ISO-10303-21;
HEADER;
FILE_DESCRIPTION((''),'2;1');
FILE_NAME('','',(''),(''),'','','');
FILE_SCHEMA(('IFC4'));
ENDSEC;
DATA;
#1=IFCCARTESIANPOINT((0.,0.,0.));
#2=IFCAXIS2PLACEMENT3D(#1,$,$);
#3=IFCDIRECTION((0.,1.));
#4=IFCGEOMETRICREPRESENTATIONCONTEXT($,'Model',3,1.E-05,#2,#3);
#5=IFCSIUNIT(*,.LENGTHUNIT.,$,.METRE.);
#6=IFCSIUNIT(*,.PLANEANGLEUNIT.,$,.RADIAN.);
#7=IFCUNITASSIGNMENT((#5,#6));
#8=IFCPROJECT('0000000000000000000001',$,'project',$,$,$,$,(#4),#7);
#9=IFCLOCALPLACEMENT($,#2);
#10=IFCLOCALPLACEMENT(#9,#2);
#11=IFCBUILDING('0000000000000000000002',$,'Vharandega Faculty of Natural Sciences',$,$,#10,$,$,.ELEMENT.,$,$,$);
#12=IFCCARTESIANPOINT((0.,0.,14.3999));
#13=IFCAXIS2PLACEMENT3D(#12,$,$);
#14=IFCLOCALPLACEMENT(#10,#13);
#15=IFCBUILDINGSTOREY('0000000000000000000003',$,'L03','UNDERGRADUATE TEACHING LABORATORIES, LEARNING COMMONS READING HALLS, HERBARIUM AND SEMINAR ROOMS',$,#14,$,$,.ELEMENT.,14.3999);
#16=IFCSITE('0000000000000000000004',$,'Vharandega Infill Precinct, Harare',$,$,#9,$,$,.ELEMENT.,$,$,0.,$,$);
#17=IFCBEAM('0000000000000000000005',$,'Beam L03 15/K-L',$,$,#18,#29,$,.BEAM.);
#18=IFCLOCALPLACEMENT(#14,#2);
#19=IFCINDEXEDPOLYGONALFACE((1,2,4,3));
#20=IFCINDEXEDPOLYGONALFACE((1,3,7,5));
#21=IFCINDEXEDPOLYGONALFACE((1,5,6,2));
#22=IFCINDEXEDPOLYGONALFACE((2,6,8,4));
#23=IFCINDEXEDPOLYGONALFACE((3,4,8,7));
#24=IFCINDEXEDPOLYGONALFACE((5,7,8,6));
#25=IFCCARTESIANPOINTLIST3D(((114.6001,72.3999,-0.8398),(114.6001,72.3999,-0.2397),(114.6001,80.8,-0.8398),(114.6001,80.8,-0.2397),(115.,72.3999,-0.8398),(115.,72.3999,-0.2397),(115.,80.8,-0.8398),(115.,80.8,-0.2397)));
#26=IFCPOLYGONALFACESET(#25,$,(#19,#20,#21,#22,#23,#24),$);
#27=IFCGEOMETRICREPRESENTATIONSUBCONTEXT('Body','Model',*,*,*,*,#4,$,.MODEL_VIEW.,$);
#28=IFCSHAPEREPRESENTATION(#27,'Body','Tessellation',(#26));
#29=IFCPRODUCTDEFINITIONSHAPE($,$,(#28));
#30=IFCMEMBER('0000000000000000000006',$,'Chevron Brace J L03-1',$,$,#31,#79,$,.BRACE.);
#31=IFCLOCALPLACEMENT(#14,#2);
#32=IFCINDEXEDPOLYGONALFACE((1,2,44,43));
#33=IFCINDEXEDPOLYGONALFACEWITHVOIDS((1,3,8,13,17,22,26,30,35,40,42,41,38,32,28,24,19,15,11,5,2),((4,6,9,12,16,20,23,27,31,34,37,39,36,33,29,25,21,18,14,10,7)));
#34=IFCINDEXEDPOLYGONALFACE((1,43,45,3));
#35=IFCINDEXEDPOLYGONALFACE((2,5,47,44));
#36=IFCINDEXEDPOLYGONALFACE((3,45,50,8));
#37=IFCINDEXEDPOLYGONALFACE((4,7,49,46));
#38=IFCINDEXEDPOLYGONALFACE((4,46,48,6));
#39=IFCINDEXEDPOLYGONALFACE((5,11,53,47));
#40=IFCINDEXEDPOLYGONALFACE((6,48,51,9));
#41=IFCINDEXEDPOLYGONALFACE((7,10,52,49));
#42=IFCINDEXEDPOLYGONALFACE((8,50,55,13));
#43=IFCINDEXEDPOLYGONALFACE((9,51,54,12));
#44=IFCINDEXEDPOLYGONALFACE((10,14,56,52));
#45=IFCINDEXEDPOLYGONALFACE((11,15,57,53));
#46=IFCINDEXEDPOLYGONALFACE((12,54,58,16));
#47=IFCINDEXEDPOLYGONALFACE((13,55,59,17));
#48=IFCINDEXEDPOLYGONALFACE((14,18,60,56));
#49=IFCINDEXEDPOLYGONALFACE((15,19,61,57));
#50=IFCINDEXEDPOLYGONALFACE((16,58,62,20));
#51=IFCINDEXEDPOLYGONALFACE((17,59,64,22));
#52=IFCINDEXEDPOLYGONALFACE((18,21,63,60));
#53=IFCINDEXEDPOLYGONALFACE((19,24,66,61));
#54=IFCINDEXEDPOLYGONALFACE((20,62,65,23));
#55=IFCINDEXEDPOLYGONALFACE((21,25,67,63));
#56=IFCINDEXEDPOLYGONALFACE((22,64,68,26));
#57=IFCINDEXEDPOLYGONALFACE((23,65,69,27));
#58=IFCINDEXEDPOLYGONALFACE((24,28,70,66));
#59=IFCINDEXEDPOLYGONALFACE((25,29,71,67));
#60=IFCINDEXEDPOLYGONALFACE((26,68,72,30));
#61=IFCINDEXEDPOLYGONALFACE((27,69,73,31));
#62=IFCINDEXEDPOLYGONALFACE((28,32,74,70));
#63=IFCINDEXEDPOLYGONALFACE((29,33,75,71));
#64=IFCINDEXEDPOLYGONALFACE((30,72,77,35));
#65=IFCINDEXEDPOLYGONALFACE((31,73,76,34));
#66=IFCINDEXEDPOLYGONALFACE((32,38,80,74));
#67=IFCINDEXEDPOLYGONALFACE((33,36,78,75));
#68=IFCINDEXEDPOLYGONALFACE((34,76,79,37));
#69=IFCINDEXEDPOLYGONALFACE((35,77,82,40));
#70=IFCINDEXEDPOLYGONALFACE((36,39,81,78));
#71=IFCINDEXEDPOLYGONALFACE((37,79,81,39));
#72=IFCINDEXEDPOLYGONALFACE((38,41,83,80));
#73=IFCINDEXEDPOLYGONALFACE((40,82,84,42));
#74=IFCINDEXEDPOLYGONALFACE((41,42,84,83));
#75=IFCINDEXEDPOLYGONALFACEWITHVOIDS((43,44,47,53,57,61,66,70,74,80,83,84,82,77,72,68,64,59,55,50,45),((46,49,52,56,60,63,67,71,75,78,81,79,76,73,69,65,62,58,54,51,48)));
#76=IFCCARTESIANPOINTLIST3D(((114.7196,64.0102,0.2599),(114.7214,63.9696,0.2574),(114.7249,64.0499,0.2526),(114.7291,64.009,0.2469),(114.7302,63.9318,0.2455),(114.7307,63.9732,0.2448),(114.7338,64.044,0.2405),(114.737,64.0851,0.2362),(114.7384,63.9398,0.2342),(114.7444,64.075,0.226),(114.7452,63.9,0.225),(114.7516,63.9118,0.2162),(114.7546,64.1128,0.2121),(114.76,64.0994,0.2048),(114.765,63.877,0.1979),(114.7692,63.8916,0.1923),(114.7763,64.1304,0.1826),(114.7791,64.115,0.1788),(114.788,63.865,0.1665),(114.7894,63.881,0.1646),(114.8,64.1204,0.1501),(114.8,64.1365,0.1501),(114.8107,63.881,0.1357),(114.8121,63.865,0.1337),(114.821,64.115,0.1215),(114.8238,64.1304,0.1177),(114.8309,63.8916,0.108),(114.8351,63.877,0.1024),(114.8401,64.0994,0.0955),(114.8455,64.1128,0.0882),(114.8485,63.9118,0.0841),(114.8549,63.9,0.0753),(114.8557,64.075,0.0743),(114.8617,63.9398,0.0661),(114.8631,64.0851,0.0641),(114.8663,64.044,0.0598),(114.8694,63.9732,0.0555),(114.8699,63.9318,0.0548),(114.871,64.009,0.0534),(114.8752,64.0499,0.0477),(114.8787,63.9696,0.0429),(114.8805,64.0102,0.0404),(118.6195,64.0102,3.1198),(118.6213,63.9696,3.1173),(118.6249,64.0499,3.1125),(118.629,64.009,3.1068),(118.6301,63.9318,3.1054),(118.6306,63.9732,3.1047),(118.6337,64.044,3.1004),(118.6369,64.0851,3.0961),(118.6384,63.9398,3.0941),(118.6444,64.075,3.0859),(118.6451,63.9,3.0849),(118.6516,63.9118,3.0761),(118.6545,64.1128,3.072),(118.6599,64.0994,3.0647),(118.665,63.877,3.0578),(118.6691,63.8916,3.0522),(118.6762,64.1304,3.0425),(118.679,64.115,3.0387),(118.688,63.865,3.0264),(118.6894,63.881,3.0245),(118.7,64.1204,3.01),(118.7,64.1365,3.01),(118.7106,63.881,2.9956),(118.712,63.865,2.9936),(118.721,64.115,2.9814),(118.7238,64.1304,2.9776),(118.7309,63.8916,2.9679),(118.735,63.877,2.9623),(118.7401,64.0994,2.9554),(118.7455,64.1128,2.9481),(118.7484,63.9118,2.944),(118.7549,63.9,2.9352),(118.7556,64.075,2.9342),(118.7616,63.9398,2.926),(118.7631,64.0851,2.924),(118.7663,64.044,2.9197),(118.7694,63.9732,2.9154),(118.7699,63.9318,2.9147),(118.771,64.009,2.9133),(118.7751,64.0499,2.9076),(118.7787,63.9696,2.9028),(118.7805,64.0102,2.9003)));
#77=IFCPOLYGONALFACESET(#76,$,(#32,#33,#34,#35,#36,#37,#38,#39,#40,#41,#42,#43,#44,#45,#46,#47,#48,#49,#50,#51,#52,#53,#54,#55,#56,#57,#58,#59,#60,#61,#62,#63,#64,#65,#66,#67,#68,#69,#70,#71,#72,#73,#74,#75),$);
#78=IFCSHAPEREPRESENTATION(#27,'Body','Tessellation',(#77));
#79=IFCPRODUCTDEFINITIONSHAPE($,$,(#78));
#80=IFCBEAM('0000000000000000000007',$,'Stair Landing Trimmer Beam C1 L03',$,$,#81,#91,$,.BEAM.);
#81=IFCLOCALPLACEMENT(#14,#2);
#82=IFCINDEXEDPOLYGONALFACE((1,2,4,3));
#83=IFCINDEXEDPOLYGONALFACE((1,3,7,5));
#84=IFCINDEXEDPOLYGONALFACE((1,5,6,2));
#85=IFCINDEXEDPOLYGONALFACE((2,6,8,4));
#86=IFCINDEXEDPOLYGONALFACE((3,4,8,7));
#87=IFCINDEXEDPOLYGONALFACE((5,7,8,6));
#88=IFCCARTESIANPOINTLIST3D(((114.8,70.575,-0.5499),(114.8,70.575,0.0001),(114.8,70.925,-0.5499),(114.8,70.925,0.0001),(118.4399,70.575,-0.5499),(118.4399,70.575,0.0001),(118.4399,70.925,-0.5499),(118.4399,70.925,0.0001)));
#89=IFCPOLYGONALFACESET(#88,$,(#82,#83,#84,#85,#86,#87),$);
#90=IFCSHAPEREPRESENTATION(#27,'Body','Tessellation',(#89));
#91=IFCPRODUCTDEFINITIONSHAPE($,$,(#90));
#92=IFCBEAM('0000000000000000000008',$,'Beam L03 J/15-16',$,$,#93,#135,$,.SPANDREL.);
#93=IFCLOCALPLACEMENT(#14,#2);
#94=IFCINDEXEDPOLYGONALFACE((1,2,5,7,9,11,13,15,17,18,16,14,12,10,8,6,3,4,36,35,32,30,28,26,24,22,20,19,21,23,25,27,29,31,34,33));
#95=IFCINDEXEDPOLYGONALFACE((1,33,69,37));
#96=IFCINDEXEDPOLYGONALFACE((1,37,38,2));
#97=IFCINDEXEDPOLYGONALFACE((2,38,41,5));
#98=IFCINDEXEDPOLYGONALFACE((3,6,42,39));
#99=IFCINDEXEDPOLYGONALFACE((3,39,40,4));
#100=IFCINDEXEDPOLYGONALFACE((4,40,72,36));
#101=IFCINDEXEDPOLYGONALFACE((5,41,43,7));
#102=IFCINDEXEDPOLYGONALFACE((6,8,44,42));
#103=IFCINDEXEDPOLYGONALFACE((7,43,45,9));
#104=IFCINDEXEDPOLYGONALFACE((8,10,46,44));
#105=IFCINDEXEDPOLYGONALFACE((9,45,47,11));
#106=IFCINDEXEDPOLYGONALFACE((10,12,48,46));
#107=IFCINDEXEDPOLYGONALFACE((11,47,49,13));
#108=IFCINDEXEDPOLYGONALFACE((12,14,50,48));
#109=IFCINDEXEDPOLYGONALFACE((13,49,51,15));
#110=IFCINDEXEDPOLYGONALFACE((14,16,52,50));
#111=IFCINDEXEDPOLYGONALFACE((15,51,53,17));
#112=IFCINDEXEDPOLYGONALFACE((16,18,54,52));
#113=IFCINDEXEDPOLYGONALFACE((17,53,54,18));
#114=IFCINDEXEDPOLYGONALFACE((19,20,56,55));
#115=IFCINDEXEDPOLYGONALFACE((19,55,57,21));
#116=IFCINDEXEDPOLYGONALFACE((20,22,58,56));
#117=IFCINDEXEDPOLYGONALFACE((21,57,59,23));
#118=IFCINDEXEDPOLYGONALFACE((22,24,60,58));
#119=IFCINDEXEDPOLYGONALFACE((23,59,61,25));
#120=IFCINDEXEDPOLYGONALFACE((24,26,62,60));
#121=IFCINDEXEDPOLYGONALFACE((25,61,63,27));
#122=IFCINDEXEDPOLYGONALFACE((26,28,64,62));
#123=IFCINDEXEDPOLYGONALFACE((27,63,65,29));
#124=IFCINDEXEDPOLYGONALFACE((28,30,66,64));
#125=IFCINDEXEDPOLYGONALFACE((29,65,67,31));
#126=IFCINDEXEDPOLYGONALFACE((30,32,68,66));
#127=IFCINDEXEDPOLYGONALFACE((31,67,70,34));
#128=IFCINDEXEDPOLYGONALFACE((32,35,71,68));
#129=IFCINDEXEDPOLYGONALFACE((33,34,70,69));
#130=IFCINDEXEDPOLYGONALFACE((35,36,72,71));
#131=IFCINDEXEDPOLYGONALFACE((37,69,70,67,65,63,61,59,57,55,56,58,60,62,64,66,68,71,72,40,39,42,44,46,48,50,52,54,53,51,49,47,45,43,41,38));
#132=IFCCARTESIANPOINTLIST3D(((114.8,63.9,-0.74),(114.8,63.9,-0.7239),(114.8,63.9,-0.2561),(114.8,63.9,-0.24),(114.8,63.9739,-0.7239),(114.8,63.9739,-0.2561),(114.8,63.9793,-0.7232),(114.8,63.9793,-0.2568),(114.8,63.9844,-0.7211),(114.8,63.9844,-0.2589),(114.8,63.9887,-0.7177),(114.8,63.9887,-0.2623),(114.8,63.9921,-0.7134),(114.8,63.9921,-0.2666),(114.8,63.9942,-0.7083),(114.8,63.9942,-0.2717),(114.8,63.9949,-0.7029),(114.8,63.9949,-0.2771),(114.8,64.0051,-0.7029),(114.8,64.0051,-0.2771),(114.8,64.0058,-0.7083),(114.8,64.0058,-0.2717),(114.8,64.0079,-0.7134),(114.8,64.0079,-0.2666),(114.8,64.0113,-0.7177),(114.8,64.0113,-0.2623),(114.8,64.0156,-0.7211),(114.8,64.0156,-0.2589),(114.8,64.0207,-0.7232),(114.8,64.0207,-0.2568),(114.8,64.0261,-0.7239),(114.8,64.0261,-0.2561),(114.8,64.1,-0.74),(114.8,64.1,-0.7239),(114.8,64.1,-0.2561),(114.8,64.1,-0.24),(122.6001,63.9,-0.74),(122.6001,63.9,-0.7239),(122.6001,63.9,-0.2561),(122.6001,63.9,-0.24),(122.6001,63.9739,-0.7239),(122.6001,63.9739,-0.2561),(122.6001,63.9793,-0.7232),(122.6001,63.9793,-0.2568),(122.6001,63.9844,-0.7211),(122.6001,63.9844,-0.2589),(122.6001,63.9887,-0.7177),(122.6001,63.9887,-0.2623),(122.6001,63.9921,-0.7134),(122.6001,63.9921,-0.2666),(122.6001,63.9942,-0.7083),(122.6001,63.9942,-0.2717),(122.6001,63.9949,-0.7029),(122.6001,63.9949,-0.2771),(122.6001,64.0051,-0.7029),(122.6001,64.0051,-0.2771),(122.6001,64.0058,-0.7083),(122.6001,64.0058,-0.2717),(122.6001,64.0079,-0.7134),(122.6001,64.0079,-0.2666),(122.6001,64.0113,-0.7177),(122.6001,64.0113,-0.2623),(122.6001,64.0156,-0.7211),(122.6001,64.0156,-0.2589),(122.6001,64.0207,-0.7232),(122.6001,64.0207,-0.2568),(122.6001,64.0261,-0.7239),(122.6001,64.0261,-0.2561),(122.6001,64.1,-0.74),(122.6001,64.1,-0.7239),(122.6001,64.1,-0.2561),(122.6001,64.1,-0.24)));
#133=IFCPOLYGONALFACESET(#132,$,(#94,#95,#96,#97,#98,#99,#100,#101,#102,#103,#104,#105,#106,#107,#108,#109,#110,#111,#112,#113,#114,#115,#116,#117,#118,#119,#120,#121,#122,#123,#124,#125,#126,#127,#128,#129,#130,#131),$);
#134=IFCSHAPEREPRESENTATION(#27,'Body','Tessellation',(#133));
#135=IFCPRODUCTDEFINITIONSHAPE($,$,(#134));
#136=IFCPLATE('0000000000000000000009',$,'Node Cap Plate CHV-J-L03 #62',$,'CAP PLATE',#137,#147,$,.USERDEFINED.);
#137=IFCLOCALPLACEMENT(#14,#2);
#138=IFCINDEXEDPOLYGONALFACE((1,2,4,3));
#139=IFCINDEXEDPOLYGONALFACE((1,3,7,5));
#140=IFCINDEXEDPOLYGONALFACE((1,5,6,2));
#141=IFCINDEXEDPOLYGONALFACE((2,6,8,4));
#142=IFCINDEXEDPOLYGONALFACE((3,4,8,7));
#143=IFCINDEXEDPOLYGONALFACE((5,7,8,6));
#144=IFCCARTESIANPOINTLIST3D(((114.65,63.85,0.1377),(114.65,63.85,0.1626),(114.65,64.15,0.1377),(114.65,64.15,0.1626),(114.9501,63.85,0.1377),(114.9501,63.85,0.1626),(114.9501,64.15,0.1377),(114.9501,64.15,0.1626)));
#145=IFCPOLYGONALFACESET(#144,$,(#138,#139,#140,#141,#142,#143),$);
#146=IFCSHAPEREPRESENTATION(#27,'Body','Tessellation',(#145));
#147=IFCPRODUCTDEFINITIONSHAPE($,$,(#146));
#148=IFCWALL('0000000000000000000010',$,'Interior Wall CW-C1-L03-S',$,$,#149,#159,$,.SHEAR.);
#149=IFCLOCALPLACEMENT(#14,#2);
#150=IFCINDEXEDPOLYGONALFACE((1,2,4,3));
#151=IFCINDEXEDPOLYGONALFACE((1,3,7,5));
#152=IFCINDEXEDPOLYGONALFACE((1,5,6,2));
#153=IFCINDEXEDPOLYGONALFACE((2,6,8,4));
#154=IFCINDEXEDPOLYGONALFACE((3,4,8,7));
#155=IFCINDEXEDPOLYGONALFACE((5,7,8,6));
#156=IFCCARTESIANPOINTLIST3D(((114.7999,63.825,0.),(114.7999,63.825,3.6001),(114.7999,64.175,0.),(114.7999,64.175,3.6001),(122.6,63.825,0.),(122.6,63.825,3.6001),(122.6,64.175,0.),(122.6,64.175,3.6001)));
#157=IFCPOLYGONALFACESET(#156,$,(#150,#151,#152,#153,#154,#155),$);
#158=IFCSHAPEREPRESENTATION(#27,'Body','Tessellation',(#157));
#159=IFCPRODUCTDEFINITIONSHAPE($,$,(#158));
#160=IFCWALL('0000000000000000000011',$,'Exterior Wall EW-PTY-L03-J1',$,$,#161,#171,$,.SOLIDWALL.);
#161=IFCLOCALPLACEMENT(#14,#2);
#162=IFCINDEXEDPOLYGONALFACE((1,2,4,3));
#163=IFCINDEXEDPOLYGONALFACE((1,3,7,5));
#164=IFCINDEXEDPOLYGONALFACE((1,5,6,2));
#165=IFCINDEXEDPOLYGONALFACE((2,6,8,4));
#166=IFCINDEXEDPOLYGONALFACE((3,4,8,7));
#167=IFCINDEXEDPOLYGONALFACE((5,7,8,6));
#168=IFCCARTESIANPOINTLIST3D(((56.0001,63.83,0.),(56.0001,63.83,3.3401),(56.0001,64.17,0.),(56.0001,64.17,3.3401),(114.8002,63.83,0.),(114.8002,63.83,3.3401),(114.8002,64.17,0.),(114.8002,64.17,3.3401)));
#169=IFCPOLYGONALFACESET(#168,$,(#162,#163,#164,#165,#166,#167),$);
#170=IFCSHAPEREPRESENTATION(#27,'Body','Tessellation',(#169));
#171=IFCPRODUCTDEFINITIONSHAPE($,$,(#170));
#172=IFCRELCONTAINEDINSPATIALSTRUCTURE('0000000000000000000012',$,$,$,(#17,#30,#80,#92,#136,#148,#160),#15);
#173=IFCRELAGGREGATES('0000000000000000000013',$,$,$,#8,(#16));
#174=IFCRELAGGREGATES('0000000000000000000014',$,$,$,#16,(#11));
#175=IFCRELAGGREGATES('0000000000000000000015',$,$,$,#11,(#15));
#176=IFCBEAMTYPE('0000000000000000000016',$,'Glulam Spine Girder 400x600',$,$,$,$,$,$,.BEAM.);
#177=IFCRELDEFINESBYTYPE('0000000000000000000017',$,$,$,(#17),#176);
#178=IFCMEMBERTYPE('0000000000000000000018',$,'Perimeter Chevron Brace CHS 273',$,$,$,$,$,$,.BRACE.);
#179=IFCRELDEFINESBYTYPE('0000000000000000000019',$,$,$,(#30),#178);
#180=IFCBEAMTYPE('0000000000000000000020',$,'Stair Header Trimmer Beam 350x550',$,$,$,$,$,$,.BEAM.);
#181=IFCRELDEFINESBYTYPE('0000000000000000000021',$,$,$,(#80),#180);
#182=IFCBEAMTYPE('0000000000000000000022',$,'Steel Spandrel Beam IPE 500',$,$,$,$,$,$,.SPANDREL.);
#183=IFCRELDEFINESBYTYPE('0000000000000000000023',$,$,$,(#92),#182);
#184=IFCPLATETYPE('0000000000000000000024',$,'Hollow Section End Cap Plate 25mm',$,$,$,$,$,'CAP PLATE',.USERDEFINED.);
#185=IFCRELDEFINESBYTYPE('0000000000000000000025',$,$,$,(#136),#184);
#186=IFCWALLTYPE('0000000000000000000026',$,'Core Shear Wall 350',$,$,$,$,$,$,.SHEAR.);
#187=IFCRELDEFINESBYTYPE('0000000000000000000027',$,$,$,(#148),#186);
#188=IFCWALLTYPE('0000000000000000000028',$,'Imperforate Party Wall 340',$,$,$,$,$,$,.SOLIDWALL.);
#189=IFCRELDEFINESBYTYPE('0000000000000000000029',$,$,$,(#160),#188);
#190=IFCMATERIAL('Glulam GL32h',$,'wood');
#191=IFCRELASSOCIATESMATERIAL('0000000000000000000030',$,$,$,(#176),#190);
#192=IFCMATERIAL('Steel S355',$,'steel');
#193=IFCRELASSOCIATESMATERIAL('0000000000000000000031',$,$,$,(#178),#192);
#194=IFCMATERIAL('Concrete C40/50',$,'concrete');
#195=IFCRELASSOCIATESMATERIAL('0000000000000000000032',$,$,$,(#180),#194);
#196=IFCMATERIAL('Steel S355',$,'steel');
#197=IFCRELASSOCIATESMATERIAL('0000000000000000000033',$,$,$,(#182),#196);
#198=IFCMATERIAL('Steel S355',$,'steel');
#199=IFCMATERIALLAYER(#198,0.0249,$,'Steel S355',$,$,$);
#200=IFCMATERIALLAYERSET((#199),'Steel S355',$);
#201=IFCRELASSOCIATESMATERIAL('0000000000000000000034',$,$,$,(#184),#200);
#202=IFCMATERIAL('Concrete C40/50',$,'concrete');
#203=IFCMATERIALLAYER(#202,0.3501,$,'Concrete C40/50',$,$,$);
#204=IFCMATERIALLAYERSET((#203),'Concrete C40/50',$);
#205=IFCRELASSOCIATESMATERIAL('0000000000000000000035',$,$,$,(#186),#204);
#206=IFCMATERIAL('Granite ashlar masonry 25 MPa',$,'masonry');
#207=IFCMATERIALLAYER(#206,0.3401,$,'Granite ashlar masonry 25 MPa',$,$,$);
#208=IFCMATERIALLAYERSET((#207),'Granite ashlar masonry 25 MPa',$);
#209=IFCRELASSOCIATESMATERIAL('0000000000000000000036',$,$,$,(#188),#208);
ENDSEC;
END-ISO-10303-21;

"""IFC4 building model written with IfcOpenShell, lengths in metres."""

from ifc_helpers import new_model, si_unit, direction, frame, frame_2d, origin, origin_2d, place, context, subcontext, project, spatial, rectangle, hollow_circle, i_section, extrude, material, layer, layer_set, material_profile, profile_set, type_object, element, save


model = new_model("IFC4")

# Units and contexts
model_context = context("Model", 3, precision=1e-05, world=origin(), true_north=direction((0.0, 1.0)))
body_context = subcontext(model_context, "Body", "Model", "MODEL_VIEW")
ifc_project = project(units=[si_unit("LENGTHUNIT", "METRE"), si_unit("PLANEANGLEUNIT", "RADIAN")], contexts=[model_context])

# Site, building, storey
site_placement = place(None, origin())
site = spatial("IfcSite", under=ifc_project, at=site_placement, Name="Vharandega Infill Precinct, Harare", CompositionType="ELEMENT", RefElevation=0.0)
building_placement = place(site_placement, origin())
building = spatial("IfcBuilding", under=site, at=building_placement, Name="Vharandega Faculty of Natural Sciences", CompositionType="ELEMENT")
storey_placement = place(building_placement, frame((0.0, 0.0, 14.3999)))
storey = spatial("IfcBuildingStorey", under=building, at=storey_placement, Name="L03", Description="UNDERGRADUATE TEACHING LABORATORIES, LEARNING COMMONS READING HALLS, HERBARIUM AND SEMINAR ROOMS", CompositionType="ELEMENT", Elevation=14.3999)

# Beam
ifc_material_1 = material(Name="Glulam GL32h", Category="wood")
ifc_material_profile_1 = material_profile(ifc_material_1, rectangle(XDim=0.3999, YDim=0.6001, at=origin_2d()), Name="GL32h 400x600")
ifc_profile_set_1 = profile_set([ifc_material_profile_1], Name="Glulam GL32h")
beam_type_1 = type_object("IfcBeamType", Name="Glulam Spine Girder 400x600", PredefinedType="BEAM", material=ifc_profile_set_1)
beam_1_placement = place(storey_placement, frame((114.8, 72.3999, -0.5398), z_axis=(0.0, 1.0, 0.0), x_axis=(-1.0, 0.0, 0.0)))
element("IfcBeam", 1, at=beam_1_placement, inside=storey, type_object=beam_type_1, Name="Beam L03 15/K-L", PredefinedType="BEAM", context=body_context, shape_type="SweptSolid", body=[
    extrude(rectangle(XDim=0.3999, YDim=0.6001, at=origin_2d()), origin(), (0.0, 0.0, 1.0), 8.4001),
])

# Member
ifc_material_2 = material(Name="Steel S355", Category="steel")
ifc_material_profile_2 = material_profile(ifc_material_2, hollow_circle(Radius=0.1365, WallThickness=0.0161, at=origin_2d()), Name="CHS 273x16")
ifc_profile_set_2 = profile_set([ifc_material_profile_2], Name="Steel S355")
member_type = type_object("IfcMemberType", Name="Perimeter Chevron Brace CHS 273", PredefinedType="BRACE", material=ifc_profile_set_2)
member_placement = place(storey_placement, frame((114.8, 64.0, 0.1501), z_axis=(0.806411, 0.0, 0.591355), x_axis=(0.0, 1.0, 0.0)))
element("IfcMember", 2, at=member_placement, inside=storey, type_object=member_type, Name="Chevron Brace J L03-1", PredefinedType="BRACE", context=body_context, shape_type="SweptSolid", body=[
    extrude(hollow_circle(Radius=0.1365, WallThickness=0.0161, at=origin_2d()), origin(), (0.0, 0.0, 1.0), 4.8362),
])

# Beams
ifc_material_3 = material(Name="Concrete C40/50", Category="concrete")
ifc_material_profile_3 = material_profile(ifc_material_3, rectangle(XDim=0.3501, YDim=0.55, at=origin_2d()), Name="RC 350x550")
ifc_profile_set_3 = profile_set([ifc_material_profile_3], Name="Concrete C40/50")
beam_type_2 = type_object("IfcBeamType", Name="Stair Header Trimmer Beam 350x550", PredefinedType="BEAM", material=ifc_profile_set_3)
beam_2_placement = place(storey_placement, frame((114.8, 70.75, -0.2749), z_axis=(1.0, 0.0, 0.0), x_axis=(0.0, 1.0, 0.0)))
element("IfcBeam", 3, at=beam_2_placement, inside=storey, type_object=beam_type_2, Name="Stair Landing Trimmer Beam C1 L03", PredefinedType="BEAM", context=body_context, shape_type="SweptSolid", body=[
    extrude(rectangle(XDim=0.3501, YDim=0.55, at=origin_2d()), origin(), (0.0, 0.0, 1.0), 3.6399),
])
ifc_material_4 = material(Name="Steel S355", Category="steel")
ifc_material_profile_4 = material_profile(ifc_material_4, i_section(OverallWidth=0.2, OverallDepth=0.5, WebThickness=0.0103, FlangeThickness=0.0161, FilletRadius=0.021, at=origin_2d()), Name="IPE 500")
ifc_profile_set_4 = profile_set([ifc_material_profile_4], Name="Steel S355")
beam_type_3 = type_object("IfcBeamType", Name="Steel Spandrel Beam IPE 500", PredefinedType="SPANDREL", material=ifc_profile_set_4)
beam_3_placement = place(storey_placement, frame((114.8, 64.0, -0.49), z_axis=(1.0, 0.0, 0.0), x_axis=(0.0, 1.0, 0.0)))
element("IfcBeam", 4, at=beam_3_placement, inside=storey, type_object=beam_type_3, Name="Beam L03 J/15-16", PredefinedType="SPANDREL", context=body_context, shape_type="SweptSolid", body=[
    extrude(i_section(OverallWidth=0.2, OverallDepth=0.5, WebThickness=0.0103, FlangeThickness=0.0161, FilletRadius=0.021, at=origin_2d()), origin(), (0.0, 0.0, 1.0), 7.8),
])

# Plate
ifc_material_5 = material(Name="Steel S355", Category="steel")
ifc_layer_1 = layer(ifc_material_5, 0.0249, Name="Steel S355")
ifc_layer_set_1 = layer_set([ifc_layer_1], Name="Steel S355")
plate_type = type_object("IfcPlateType", Name="Hollow Section End Cap Plate 25mm", ElementType="CAP PLATE", PredefinedType="USERDEFINED", material=ifc_layer_set_1)
plate_placement = place(storey_placement, frame((114.8, 64.0, 0.1377), z_axis=(0.0, 0.0, 1.0), x_axis=(1.0, 0.0, 0.0)))
element("IfcPlate", 5, at=plate_placement, inside=storey, type_object=plate_type, Name="Node Cap Plate CHV-J-L03 #62", ObjectType="CAP PLATE", PredefinedType="USERDEFINED", context=body_context, shape_type="SweptSolid", body=[
    extrude(rectangle(XDim=0.3, YDim=0.3, at=origin_2d()), origin(), (0.0, 0.0, 1.0), 0.0249),
])

# Walls
ifc_material_6 = material(Name="Concrete C40/50", Category="concrete")
ifc_layer_2 = layer(ifc_material_6, 0.3501, Name="Concrete C40/50")
ifc_layer_set_2 = layer_set([ifc_layer_2], Name="Concrete C40/50")
wall_type_1 = type_object("IfcWallType", Name="Core Shear Wall 350", PredefinedType="SHEAR", material=ifc_layer_set_2)
wall_1_placement = place(storey_placement, frame((114.8, 64.0, 0.0), z_axis=(0.0, 0.0, 1.0), x_axis=(1.0, 0.0, 0.0)))
element("IfcWall", 6, at=wall_1_placement, inside=storey, type_object=wall_type_1, Name="Interior Wall CW-C1-L03-S", PredefinedType="SHEAR", context=body_context, shape_type="SweptSolid", body=[
    extrude(rectangle(XDim=7.8, YDim=0.3501, at=frame_2d((3.8999, 0.0))), origin(), (0.0, 0.0, 1.0), 3.6001),
])
ifc_material_7 = material(Name="Granite ashlar masonry 25 MPa", Category="masonry")
ifc_layer_3 = layer(ifc_material_7, 0.3401, Name="Granite ashlar masonry 25 MPa")
ifc_layer_set_3 = layer_set([ifc_layer_3], Name="Granite ashlar masonry 25 MPa")
wall_type_2 = type_object("IfcWallType", Name="Imperforate Party Wall 340", PredefinedType="SOLIDWALL", material=ifc_layer_set_3)
wall_2_placement = place(storey_placement, frame((114.8, 64.0, 0.0), z_axis=(0.0, 0.0, 1.0), x_axis=(-1.0, 0.0, 0.0)))
element("IfcWall", 7, at=wall_2_placement, inside=storey, type_object=wall_type_2, Name="Exterior Wall EW-PTY-L03-J1", PredefinedType="SOLIDWALL", context=body_context, shape_type="SweptSolid", body=[
    extrude(rectangle(XDim=58.8, YDim=0.3401, at=frame_2d((29.3999, 0.0))), origin(), (0.0, 0.0, 1.0), 3.3401),
])

save(model, "model.ifc")
